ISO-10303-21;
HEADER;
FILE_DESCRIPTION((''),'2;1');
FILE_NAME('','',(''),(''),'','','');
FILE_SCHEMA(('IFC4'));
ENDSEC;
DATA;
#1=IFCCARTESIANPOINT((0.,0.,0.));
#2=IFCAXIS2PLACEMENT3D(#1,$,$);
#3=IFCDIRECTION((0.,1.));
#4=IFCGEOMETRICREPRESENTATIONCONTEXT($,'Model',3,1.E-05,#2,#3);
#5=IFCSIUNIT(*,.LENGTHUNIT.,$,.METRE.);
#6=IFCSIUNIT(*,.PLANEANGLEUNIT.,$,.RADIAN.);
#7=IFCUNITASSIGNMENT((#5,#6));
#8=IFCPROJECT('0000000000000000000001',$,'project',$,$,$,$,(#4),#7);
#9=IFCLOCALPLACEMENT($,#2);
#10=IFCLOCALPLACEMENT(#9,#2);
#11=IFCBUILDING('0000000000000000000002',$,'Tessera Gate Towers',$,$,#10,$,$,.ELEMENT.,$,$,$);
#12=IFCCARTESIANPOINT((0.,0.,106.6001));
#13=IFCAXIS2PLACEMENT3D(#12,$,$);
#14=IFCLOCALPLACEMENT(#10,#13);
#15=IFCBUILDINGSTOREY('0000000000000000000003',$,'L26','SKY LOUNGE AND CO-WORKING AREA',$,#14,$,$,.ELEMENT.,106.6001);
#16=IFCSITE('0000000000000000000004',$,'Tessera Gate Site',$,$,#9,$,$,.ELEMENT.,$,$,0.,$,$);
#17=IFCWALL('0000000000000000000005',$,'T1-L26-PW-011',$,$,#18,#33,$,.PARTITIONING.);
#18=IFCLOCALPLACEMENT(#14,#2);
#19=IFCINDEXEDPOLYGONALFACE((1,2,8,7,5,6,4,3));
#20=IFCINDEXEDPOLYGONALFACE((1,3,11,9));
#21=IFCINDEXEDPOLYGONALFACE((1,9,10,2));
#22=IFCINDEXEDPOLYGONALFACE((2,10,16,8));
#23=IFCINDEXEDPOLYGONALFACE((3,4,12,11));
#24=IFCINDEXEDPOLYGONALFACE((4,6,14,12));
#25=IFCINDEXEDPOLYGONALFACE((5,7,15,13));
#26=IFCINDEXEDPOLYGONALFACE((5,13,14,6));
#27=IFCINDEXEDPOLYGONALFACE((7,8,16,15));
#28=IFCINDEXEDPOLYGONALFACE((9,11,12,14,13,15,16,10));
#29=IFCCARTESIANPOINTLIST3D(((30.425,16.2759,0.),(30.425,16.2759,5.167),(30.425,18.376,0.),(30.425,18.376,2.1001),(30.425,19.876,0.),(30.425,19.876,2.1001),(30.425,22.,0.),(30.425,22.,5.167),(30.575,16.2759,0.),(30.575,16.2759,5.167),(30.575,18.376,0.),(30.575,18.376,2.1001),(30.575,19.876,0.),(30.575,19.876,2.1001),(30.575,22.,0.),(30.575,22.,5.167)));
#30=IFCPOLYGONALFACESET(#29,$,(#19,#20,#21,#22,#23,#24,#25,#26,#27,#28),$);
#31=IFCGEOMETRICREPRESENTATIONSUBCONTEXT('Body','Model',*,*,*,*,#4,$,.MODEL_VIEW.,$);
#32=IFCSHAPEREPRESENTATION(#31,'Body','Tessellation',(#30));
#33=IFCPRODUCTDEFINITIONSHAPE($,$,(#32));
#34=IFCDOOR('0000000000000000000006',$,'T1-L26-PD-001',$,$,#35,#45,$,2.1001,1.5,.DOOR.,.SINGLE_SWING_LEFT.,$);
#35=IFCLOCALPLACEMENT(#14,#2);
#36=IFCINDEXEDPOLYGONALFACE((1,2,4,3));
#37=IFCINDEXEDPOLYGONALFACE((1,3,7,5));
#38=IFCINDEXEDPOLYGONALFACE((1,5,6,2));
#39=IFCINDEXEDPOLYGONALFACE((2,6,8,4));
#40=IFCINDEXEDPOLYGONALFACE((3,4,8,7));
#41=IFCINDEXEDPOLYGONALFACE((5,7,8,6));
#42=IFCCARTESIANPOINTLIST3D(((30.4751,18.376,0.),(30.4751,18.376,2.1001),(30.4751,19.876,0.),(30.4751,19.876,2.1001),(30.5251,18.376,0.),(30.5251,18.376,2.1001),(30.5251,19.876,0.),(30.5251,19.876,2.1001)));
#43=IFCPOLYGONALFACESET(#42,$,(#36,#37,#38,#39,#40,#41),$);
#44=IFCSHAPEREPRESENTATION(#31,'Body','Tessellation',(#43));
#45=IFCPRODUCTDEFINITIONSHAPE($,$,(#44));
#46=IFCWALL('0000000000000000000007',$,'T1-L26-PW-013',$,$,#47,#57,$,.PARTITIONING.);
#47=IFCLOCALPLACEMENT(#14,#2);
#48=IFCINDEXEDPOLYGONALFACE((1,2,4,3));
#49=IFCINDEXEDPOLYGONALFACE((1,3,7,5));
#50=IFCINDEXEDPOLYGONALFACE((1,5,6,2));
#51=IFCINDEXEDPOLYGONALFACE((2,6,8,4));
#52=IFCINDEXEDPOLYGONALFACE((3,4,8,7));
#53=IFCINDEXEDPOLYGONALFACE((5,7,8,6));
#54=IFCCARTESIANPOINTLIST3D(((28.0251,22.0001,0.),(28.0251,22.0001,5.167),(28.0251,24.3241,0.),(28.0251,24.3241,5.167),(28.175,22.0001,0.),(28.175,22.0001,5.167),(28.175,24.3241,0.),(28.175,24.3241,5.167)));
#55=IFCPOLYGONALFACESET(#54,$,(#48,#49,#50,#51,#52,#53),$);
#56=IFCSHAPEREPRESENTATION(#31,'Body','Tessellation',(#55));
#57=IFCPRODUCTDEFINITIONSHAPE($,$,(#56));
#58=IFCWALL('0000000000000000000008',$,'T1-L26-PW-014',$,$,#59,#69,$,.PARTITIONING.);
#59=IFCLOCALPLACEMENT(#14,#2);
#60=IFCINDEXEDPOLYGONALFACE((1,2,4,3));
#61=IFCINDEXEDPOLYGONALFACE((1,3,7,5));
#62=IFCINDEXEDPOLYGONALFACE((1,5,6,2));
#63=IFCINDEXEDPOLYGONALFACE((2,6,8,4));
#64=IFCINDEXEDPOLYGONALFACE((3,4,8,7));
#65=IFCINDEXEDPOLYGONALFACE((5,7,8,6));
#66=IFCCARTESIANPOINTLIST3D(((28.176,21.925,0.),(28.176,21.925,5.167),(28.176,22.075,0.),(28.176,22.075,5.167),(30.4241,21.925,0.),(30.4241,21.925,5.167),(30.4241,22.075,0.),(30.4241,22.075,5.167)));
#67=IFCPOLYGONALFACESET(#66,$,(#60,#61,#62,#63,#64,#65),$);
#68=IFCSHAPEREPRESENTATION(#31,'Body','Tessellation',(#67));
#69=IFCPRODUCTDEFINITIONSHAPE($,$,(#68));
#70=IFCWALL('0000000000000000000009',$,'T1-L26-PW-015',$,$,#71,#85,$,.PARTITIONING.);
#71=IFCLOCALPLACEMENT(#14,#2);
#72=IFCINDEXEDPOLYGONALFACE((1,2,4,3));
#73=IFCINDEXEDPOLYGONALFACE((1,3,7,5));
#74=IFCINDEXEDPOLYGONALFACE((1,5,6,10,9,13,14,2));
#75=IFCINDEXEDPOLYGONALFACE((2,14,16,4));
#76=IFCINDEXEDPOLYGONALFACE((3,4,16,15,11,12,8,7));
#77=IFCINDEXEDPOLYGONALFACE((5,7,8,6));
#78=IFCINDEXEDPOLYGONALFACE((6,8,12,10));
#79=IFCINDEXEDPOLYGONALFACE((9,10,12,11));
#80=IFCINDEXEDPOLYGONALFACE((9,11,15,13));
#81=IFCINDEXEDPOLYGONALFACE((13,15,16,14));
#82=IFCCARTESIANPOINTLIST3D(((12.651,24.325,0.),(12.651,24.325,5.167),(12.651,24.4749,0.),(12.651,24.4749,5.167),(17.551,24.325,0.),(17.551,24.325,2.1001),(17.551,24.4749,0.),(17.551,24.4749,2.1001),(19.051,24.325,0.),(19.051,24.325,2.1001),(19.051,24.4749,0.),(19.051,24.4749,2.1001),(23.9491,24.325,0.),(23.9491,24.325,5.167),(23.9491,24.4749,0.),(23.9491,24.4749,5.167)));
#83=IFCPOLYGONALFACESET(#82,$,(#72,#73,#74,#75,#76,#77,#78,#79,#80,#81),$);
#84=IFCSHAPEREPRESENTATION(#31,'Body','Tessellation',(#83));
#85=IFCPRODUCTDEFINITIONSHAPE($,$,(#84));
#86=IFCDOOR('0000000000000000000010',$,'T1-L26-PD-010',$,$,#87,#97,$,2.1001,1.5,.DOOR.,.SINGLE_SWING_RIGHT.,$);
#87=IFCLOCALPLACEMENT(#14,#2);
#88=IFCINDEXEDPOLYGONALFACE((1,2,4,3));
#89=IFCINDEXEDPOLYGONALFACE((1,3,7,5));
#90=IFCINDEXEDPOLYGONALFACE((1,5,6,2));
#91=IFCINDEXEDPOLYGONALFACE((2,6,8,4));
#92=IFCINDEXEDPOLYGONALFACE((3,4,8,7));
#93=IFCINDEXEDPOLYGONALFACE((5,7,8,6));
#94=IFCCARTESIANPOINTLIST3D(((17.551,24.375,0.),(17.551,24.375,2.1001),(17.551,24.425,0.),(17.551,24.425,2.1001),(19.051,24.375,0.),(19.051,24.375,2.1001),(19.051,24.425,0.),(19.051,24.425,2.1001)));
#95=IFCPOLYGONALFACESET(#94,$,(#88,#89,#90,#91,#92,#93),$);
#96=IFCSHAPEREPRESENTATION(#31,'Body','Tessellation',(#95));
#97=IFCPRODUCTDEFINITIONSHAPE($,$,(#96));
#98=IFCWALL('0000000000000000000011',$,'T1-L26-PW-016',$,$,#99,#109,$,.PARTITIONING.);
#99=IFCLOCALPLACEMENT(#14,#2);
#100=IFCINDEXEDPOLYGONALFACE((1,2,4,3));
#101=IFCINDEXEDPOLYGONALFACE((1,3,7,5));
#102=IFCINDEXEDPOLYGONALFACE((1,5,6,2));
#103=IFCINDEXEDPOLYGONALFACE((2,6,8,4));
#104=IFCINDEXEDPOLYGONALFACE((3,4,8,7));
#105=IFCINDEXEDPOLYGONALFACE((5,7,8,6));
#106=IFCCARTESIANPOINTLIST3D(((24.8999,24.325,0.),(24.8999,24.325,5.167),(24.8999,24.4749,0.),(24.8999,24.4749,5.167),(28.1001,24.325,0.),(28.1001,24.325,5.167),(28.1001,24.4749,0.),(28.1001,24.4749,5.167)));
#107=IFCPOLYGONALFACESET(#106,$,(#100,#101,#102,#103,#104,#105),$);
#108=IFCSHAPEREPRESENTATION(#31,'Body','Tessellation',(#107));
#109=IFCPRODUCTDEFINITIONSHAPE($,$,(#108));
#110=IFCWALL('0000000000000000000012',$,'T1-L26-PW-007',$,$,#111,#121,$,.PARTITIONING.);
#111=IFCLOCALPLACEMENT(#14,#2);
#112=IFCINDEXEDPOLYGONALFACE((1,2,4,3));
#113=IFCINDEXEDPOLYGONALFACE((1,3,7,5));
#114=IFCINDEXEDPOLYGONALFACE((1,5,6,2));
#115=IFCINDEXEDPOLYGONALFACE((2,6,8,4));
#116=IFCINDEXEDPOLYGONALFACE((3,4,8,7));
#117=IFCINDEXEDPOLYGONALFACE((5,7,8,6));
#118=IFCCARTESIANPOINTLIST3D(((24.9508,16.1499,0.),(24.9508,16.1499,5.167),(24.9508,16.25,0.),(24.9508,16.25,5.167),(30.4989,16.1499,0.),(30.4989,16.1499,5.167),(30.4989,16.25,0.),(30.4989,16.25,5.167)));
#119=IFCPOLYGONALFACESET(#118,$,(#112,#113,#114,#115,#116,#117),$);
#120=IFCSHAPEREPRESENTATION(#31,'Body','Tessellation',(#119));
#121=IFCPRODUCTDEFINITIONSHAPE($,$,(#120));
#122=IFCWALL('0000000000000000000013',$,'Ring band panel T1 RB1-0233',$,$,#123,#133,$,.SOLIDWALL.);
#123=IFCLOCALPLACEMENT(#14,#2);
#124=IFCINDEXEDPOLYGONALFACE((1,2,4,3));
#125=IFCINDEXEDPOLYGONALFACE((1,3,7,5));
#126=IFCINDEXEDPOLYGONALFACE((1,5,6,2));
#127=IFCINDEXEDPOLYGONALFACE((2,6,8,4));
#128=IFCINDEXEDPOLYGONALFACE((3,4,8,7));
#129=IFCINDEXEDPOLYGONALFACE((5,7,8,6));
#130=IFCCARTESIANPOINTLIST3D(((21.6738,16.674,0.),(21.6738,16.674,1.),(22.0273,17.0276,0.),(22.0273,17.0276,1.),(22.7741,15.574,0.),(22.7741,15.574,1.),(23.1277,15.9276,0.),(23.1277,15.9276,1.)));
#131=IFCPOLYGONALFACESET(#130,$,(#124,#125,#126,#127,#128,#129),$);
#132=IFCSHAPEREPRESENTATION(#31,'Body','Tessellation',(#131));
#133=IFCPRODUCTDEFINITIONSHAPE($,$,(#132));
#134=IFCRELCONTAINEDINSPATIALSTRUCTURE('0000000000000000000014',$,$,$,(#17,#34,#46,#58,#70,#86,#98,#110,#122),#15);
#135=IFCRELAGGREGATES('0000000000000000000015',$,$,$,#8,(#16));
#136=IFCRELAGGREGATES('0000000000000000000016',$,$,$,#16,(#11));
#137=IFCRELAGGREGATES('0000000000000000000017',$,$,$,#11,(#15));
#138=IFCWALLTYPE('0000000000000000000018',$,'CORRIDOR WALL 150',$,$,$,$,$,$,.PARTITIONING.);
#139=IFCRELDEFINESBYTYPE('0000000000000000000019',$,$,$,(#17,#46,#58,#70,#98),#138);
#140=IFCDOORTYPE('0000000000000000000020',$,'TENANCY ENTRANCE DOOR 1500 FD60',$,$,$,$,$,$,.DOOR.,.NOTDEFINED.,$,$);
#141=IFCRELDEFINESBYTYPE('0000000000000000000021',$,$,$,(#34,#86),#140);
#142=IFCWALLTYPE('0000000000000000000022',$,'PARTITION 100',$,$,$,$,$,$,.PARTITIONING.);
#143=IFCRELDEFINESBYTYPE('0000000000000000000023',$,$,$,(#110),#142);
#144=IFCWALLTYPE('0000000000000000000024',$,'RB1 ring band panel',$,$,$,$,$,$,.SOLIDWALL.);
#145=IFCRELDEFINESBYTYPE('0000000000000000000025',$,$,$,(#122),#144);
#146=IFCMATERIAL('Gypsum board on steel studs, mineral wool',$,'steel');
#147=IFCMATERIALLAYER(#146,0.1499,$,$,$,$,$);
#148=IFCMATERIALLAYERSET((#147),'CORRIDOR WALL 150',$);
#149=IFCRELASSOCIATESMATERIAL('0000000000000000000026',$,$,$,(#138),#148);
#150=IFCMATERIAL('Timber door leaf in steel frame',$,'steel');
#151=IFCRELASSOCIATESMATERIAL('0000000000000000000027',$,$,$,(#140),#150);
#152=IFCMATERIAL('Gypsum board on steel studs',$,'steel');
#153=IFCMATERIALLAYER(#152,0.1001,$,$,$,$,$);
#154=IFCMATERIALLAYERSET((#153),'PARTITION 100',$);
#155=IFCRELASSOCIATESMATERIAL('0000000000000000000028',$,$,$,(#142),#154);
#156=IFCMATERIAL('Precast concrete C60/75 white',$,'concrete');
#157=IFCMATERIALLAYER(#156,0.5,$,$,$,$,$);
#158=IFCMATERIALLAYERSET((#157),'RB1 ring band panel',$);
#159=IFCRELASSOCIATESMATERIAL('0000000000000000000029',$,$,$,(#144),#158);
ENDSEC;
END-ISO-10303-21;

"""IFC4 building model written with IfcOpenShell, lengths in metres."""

from ifc_helpers import new_model, si_unit, direction, frame, frame_2d, origin, place, context, subcontext, project, spatial, polyline, rectangle, outline, extrude, source, transform, mapped, material, layer, layer_set, type_object, element, fill, save


model = new_model("IFC4")

# Units and contexts
model_context = context("Model", 3, precision=1e-05, world=origin(), true_north=direction((0.0, 1.0)))
body_context = subcontext(model_context, "Body", "Model", "MODEL_VIEW")
ifc_project = project(units=[si_unit("LENGTHUNIT", "METRE"), si_unit("PLANEANGLEUNIT", "RADIAN")], contexts=[model_context])

# Site, building, storey
site_placement = place(None, origin())
site = spatial("IfcSite", under=ifc_project, at=site_placement, Name="Tessera Gate Site", CompositionType="ELEMENT", RefElevation=0.0)
building_placement = place(site_placement, origin())
building = spatial("IfcBuilding", under=site, at=building_placement, Name="Tessera Gate Towers", CompositionType="ELEMENT")
storey_placement = place(building_placement, frame((0.0, 0.0, 106.6001)))
storey = spatial("IfcBuildingStorey", under=building, at=storey_placement, Name="L26", Description="SKY LOUNGE AND CO-WORKING AREA", CompositionType="ELEMENT", Elevation=106.6001)

# Wall, opening, door
ifc_material_1 = material(Name="Gypsum board on steel studs, mineral wool", Category="steel")
ifc_layer_1 = layer(ifc_material_1, 0.1499)
ifc_layer_set_1 = layer_set([ifc_layer_1], Name="CORRIDOR WALL 150")
wall_type_1 = type_object("IfcWallType", Name="CORRIDOR WALL 150", PredefinedType="PARTITIONING", material=ifc_layer_set_1)
wall_1_placement = place(storey_placement, frame((30.5, 16.2759, 0.0), z_axis=(0.0, 0.0, 1.0), x_axis=(0.0, 1.0, 0.0)))
wall_1 = element("IfcWall", 1, at=wall_1_placement, inside=storey, type_object=wall_type_1, Name="T1-L26-PW-011", PredefinedType="PARTITIONING", context=body_context, shape_type="SweptSolid", body=[
    extrude(rectangle(XDim=5.7241, YDim=0.1499, at=frame_2d((2.8621, 0.0))), origin(), (0.0, 0.0, 1.0), 5.167),
])
shared_shape_1 = source(origin(), body_context, "Body", "SweptSolid", [
    extrude(rectangle(XDim=1.5, YDim=2.1001, at=frame_2d((0.75, 1.05))), frame((0.0, 0.085, 0.0), z_axis=(0.0, -1.0, 0.0), x_axis=(1.0, 0.0, 0.0)), (0.0, 0.0, 1.0), 0.1699),
])
opening_1_placement = place(wall_1_placement, frame((2.1001, 0.0, 0.0)))
opening_1 = element("IfcOpeningElement", 2, at=opening_1_placement, cuts=wall_1, PredefinedType="OPENING", context=body_context, shape_type="MappedRepresentation", body=[
    mapped(shared_shape_1, transform((0.0, 0.0, 0.0), scale=1.0)),
])
ifc_material_2 = material(Name="Timber door leaf in steel frame", Category="steel")
door_type = type_object("IfcDoorType", Name="TENANCY ENTRANCE DOOR 1500 FD60", OperationType="NOTDEFINED", PredefinedType="DOOR", material=ifc_material_2)
shared_shape_2 = source(origin(), body_context, "Body", "SweptSolid", [
    extrude(rectangle(XDim=1.5, YDim=2.1001, at=frame_2d((0.75, 1.05))), frame((0.0, 0.0249, 0.0), z_axis=(0.0, -1.0, 0.0), x_axis=(1.0, 0.0, 0.0)), (0.0, 0.0, 1.0), 0.05),
])
door_1_placement = place(opening_1_placement, origin())
door_1 = element("IfcDoor", 3, at=door_1_placement, inside=storey, type_object=door_type, Name="T1-L26-PD-001", OperationType="SINGLE_SWING_LEFT", OverallHeight=2.1001, OverallWidth=1.5, PredefinedType="DOOR", context=body_context, shape_type="MappedRepresentation", body=[
    mapped(shared_shape_2, transform((0.0, 0.0, 0.0), scale=1.0)),
])
fill(opening_1, door_1)

# Walls
wall_2_placement = place(storey_placement, frame((28.1001, 22.0, 0.0), z_axis=(0.0, 0.0, 1.0), x_axis=(0.0, 1.0, 0.0)))
element("IfcWall", 4, at=wall_2_placement, inside=storey, type_object=wall_type_1, Name="T1-L26-PW-013", PredefinedType="PARTITIONING", context=body_context, shape_type="SweptSolid", body=[
    extrude(rectangle(XDim=2.324, YDim=0.1499, at=frame_2d((1.1621, 0.0))), origin(), (0.0, 0.0, 1.0), 5.167),
])
wall_3_placement = place(storey_placement, frame((28.176, 22.0, 0.0), z_axis=(0.0, 0.0, 1.0), x_axis=(1.0, 0.0, 0.0)))
element("IfcWall", 5, at=wall_3_placement, inside=storey, type_object=wall_type_1, Name="T1-L26-PW-014", PredefinedType="PARTITIONING", context=body_context, shape_type="SweptSolid", body=[
    extrude(rectangle(XDim=2.248, YDim=0.1499, at=frame_2d((1.124, 0.0))), origin(), (0.0, 0.0, 1.0), 5.167),
])

# Wall, opening, door
wall_4_placement = place(storey_placement, frame((23.949, 24.3999, 0.0), z_axis=(0.0, 0.0, 1.0), x_axis=(-1.0, 0.0, 0.0)))
wall_4 = element("IfcWall", 6, at=wall_4_placement, inside=storey, type_object=wall_type_1, Name="T1-L26-PW-015", PredefinedType="PARTITIONING", context=body_context, shape_type="SweptSolid", body=[
    extrude(rectangle(XDim=11.2981, YDim=0.1499, at=frame_2d((5.6489, 0.0))), origin(), (0.0, 0.0, 1.0), 5.167),
])
opening_2_placement = place(wall_4_placement, frame((4.8979, 0.0, 0.0)))
opening_2 = element("IfcOpeningElement", 7, at=opening_2_placement, cuts=wall_4, PredefinedType="OPENING", context=body_context, shape_type="MappedRepresentation", body=[
    mapped(shared_shape_1, transform((0.0, 0.0, 0.0), scale=1.0)),
])
door_2_placement = place(opening_2_placement, origin())
door_2 = element("IfcDoor", 8, at=door_2_placement, inside=storey, type_object=door_type, Name="T1-L26-PD-010", OperationType="SINGLE_SWING_RIGHT", OverallHeight=2.1001, OverallWidth=1.5, PredefinedType="DOOR", context=body_context, shape_type="MappedRepresentation", body=[
    mapped(shared_shape_2, transform((0.0, 0.0, 0.0), scale=1.0)),
])
fill(opening_2, door_2)

# Walls
wall_5_placement = place(storey_placement, frame((24.8999, 24.3999, 0.0), z_axis=(0.0, 0.0, 1.0), x_axis=(1.0, 0.0, 0.0)))
element("IfcWall", 9, at=wall_5_placement, inside=storey, type_object=wall_type_1, Name="T1-L26-PW-016", PredefinedType="PARTITIONING", context=body_context, shape_type="SweptSolid", body=[
    extrude(rectangle(XDim=3.2002, YDim=0.1499, at=frame_2d((1.6001, 0.0))), origin(), (0.0, 0.0, 1.0), 5.167),
])
ifc_material_3 = material(Name="Gypsum board on steel studs", Category="steel")
ifc_layer_2 = layer(ifc_material_3, 0.1001)
ifc_layer_set_2 = layer_set([ifc_layer_2], Name="PARTITION 100")
wall_type_2 = type_object("IfcWallType", Name="PARTITION 100", PredefinedType="PARTITIONING", material=ifc_layer_set_2)
wall_6_placement = place(storey_placement, frame((24.9509, 16.2, 0.0), z_axis=(0.0, 0.0, 1.0), x_axis=(1.0, 0.0, 0.0)))
element("IfcWall", 10, at=wall_6_placement, inside=storey, type_object=wall_type_2, Name="T1-L26-PW-007", PredefinedType="PARTITIONING", context=body_context, shape_type="SweptSolid", body=[
    extrude(rectangle(XDim=5.5481, YDim=0.1001, at=frame_2d((2.7739, 0.0))), origin(), (0.0, 0.0, 1.0), 5.167),
])
ifc_material_4 = material(Name="Precast concrete C60/75 white", Category="concrete")
ifc_layer_3 = layer(ifc_material_4, 0.5)
ifc_layer_set_3 = layer_set([ifc_layer_3], Name="RB1 ring band panel")
wall_type_3 = type_object("IfcWallType", Name="RB1 ring band panel", PredefinedType="SOLIDWALL", material=ifc_layer_set_3)
shared_shape_3 = source(origin(), body_context, "Body", "SweptSolid", [
    extrude(outline(polyline([(0.0, 0.0), (1.5559, 0.0), (1.5559, 1.0), (0.0, 1.0), (0.0, 0.0)])), frame((0.0, 0.25, 0.0), z_axis=(0.0, -1.0, 0.0), x_axis=(1.0, 0.0, 0.0)), (0.0, 0.0, 1.0), 0.5),
])
wall_7_placement = place(storey_placement, frame((21.8506, 16.8508, 0.0), z_axis=(0.0, 0.0, 1.0), x_axis=(0.707185, -0.707028, 0.0)))
element("IfcWall", 11, at=wall_7_placement, inside=storey, type_object=wall_type_3, Name="Ring band panel T1 RB1-0233", PredefinedType="SOLIDWALL", context=body_context, shape_type="MappedRepresentation", body=[
    mapped(shared_shape_3, transform((0.0, 0.0, 0.0), scale=1.0)),
])

save(model, "model.ifc")
